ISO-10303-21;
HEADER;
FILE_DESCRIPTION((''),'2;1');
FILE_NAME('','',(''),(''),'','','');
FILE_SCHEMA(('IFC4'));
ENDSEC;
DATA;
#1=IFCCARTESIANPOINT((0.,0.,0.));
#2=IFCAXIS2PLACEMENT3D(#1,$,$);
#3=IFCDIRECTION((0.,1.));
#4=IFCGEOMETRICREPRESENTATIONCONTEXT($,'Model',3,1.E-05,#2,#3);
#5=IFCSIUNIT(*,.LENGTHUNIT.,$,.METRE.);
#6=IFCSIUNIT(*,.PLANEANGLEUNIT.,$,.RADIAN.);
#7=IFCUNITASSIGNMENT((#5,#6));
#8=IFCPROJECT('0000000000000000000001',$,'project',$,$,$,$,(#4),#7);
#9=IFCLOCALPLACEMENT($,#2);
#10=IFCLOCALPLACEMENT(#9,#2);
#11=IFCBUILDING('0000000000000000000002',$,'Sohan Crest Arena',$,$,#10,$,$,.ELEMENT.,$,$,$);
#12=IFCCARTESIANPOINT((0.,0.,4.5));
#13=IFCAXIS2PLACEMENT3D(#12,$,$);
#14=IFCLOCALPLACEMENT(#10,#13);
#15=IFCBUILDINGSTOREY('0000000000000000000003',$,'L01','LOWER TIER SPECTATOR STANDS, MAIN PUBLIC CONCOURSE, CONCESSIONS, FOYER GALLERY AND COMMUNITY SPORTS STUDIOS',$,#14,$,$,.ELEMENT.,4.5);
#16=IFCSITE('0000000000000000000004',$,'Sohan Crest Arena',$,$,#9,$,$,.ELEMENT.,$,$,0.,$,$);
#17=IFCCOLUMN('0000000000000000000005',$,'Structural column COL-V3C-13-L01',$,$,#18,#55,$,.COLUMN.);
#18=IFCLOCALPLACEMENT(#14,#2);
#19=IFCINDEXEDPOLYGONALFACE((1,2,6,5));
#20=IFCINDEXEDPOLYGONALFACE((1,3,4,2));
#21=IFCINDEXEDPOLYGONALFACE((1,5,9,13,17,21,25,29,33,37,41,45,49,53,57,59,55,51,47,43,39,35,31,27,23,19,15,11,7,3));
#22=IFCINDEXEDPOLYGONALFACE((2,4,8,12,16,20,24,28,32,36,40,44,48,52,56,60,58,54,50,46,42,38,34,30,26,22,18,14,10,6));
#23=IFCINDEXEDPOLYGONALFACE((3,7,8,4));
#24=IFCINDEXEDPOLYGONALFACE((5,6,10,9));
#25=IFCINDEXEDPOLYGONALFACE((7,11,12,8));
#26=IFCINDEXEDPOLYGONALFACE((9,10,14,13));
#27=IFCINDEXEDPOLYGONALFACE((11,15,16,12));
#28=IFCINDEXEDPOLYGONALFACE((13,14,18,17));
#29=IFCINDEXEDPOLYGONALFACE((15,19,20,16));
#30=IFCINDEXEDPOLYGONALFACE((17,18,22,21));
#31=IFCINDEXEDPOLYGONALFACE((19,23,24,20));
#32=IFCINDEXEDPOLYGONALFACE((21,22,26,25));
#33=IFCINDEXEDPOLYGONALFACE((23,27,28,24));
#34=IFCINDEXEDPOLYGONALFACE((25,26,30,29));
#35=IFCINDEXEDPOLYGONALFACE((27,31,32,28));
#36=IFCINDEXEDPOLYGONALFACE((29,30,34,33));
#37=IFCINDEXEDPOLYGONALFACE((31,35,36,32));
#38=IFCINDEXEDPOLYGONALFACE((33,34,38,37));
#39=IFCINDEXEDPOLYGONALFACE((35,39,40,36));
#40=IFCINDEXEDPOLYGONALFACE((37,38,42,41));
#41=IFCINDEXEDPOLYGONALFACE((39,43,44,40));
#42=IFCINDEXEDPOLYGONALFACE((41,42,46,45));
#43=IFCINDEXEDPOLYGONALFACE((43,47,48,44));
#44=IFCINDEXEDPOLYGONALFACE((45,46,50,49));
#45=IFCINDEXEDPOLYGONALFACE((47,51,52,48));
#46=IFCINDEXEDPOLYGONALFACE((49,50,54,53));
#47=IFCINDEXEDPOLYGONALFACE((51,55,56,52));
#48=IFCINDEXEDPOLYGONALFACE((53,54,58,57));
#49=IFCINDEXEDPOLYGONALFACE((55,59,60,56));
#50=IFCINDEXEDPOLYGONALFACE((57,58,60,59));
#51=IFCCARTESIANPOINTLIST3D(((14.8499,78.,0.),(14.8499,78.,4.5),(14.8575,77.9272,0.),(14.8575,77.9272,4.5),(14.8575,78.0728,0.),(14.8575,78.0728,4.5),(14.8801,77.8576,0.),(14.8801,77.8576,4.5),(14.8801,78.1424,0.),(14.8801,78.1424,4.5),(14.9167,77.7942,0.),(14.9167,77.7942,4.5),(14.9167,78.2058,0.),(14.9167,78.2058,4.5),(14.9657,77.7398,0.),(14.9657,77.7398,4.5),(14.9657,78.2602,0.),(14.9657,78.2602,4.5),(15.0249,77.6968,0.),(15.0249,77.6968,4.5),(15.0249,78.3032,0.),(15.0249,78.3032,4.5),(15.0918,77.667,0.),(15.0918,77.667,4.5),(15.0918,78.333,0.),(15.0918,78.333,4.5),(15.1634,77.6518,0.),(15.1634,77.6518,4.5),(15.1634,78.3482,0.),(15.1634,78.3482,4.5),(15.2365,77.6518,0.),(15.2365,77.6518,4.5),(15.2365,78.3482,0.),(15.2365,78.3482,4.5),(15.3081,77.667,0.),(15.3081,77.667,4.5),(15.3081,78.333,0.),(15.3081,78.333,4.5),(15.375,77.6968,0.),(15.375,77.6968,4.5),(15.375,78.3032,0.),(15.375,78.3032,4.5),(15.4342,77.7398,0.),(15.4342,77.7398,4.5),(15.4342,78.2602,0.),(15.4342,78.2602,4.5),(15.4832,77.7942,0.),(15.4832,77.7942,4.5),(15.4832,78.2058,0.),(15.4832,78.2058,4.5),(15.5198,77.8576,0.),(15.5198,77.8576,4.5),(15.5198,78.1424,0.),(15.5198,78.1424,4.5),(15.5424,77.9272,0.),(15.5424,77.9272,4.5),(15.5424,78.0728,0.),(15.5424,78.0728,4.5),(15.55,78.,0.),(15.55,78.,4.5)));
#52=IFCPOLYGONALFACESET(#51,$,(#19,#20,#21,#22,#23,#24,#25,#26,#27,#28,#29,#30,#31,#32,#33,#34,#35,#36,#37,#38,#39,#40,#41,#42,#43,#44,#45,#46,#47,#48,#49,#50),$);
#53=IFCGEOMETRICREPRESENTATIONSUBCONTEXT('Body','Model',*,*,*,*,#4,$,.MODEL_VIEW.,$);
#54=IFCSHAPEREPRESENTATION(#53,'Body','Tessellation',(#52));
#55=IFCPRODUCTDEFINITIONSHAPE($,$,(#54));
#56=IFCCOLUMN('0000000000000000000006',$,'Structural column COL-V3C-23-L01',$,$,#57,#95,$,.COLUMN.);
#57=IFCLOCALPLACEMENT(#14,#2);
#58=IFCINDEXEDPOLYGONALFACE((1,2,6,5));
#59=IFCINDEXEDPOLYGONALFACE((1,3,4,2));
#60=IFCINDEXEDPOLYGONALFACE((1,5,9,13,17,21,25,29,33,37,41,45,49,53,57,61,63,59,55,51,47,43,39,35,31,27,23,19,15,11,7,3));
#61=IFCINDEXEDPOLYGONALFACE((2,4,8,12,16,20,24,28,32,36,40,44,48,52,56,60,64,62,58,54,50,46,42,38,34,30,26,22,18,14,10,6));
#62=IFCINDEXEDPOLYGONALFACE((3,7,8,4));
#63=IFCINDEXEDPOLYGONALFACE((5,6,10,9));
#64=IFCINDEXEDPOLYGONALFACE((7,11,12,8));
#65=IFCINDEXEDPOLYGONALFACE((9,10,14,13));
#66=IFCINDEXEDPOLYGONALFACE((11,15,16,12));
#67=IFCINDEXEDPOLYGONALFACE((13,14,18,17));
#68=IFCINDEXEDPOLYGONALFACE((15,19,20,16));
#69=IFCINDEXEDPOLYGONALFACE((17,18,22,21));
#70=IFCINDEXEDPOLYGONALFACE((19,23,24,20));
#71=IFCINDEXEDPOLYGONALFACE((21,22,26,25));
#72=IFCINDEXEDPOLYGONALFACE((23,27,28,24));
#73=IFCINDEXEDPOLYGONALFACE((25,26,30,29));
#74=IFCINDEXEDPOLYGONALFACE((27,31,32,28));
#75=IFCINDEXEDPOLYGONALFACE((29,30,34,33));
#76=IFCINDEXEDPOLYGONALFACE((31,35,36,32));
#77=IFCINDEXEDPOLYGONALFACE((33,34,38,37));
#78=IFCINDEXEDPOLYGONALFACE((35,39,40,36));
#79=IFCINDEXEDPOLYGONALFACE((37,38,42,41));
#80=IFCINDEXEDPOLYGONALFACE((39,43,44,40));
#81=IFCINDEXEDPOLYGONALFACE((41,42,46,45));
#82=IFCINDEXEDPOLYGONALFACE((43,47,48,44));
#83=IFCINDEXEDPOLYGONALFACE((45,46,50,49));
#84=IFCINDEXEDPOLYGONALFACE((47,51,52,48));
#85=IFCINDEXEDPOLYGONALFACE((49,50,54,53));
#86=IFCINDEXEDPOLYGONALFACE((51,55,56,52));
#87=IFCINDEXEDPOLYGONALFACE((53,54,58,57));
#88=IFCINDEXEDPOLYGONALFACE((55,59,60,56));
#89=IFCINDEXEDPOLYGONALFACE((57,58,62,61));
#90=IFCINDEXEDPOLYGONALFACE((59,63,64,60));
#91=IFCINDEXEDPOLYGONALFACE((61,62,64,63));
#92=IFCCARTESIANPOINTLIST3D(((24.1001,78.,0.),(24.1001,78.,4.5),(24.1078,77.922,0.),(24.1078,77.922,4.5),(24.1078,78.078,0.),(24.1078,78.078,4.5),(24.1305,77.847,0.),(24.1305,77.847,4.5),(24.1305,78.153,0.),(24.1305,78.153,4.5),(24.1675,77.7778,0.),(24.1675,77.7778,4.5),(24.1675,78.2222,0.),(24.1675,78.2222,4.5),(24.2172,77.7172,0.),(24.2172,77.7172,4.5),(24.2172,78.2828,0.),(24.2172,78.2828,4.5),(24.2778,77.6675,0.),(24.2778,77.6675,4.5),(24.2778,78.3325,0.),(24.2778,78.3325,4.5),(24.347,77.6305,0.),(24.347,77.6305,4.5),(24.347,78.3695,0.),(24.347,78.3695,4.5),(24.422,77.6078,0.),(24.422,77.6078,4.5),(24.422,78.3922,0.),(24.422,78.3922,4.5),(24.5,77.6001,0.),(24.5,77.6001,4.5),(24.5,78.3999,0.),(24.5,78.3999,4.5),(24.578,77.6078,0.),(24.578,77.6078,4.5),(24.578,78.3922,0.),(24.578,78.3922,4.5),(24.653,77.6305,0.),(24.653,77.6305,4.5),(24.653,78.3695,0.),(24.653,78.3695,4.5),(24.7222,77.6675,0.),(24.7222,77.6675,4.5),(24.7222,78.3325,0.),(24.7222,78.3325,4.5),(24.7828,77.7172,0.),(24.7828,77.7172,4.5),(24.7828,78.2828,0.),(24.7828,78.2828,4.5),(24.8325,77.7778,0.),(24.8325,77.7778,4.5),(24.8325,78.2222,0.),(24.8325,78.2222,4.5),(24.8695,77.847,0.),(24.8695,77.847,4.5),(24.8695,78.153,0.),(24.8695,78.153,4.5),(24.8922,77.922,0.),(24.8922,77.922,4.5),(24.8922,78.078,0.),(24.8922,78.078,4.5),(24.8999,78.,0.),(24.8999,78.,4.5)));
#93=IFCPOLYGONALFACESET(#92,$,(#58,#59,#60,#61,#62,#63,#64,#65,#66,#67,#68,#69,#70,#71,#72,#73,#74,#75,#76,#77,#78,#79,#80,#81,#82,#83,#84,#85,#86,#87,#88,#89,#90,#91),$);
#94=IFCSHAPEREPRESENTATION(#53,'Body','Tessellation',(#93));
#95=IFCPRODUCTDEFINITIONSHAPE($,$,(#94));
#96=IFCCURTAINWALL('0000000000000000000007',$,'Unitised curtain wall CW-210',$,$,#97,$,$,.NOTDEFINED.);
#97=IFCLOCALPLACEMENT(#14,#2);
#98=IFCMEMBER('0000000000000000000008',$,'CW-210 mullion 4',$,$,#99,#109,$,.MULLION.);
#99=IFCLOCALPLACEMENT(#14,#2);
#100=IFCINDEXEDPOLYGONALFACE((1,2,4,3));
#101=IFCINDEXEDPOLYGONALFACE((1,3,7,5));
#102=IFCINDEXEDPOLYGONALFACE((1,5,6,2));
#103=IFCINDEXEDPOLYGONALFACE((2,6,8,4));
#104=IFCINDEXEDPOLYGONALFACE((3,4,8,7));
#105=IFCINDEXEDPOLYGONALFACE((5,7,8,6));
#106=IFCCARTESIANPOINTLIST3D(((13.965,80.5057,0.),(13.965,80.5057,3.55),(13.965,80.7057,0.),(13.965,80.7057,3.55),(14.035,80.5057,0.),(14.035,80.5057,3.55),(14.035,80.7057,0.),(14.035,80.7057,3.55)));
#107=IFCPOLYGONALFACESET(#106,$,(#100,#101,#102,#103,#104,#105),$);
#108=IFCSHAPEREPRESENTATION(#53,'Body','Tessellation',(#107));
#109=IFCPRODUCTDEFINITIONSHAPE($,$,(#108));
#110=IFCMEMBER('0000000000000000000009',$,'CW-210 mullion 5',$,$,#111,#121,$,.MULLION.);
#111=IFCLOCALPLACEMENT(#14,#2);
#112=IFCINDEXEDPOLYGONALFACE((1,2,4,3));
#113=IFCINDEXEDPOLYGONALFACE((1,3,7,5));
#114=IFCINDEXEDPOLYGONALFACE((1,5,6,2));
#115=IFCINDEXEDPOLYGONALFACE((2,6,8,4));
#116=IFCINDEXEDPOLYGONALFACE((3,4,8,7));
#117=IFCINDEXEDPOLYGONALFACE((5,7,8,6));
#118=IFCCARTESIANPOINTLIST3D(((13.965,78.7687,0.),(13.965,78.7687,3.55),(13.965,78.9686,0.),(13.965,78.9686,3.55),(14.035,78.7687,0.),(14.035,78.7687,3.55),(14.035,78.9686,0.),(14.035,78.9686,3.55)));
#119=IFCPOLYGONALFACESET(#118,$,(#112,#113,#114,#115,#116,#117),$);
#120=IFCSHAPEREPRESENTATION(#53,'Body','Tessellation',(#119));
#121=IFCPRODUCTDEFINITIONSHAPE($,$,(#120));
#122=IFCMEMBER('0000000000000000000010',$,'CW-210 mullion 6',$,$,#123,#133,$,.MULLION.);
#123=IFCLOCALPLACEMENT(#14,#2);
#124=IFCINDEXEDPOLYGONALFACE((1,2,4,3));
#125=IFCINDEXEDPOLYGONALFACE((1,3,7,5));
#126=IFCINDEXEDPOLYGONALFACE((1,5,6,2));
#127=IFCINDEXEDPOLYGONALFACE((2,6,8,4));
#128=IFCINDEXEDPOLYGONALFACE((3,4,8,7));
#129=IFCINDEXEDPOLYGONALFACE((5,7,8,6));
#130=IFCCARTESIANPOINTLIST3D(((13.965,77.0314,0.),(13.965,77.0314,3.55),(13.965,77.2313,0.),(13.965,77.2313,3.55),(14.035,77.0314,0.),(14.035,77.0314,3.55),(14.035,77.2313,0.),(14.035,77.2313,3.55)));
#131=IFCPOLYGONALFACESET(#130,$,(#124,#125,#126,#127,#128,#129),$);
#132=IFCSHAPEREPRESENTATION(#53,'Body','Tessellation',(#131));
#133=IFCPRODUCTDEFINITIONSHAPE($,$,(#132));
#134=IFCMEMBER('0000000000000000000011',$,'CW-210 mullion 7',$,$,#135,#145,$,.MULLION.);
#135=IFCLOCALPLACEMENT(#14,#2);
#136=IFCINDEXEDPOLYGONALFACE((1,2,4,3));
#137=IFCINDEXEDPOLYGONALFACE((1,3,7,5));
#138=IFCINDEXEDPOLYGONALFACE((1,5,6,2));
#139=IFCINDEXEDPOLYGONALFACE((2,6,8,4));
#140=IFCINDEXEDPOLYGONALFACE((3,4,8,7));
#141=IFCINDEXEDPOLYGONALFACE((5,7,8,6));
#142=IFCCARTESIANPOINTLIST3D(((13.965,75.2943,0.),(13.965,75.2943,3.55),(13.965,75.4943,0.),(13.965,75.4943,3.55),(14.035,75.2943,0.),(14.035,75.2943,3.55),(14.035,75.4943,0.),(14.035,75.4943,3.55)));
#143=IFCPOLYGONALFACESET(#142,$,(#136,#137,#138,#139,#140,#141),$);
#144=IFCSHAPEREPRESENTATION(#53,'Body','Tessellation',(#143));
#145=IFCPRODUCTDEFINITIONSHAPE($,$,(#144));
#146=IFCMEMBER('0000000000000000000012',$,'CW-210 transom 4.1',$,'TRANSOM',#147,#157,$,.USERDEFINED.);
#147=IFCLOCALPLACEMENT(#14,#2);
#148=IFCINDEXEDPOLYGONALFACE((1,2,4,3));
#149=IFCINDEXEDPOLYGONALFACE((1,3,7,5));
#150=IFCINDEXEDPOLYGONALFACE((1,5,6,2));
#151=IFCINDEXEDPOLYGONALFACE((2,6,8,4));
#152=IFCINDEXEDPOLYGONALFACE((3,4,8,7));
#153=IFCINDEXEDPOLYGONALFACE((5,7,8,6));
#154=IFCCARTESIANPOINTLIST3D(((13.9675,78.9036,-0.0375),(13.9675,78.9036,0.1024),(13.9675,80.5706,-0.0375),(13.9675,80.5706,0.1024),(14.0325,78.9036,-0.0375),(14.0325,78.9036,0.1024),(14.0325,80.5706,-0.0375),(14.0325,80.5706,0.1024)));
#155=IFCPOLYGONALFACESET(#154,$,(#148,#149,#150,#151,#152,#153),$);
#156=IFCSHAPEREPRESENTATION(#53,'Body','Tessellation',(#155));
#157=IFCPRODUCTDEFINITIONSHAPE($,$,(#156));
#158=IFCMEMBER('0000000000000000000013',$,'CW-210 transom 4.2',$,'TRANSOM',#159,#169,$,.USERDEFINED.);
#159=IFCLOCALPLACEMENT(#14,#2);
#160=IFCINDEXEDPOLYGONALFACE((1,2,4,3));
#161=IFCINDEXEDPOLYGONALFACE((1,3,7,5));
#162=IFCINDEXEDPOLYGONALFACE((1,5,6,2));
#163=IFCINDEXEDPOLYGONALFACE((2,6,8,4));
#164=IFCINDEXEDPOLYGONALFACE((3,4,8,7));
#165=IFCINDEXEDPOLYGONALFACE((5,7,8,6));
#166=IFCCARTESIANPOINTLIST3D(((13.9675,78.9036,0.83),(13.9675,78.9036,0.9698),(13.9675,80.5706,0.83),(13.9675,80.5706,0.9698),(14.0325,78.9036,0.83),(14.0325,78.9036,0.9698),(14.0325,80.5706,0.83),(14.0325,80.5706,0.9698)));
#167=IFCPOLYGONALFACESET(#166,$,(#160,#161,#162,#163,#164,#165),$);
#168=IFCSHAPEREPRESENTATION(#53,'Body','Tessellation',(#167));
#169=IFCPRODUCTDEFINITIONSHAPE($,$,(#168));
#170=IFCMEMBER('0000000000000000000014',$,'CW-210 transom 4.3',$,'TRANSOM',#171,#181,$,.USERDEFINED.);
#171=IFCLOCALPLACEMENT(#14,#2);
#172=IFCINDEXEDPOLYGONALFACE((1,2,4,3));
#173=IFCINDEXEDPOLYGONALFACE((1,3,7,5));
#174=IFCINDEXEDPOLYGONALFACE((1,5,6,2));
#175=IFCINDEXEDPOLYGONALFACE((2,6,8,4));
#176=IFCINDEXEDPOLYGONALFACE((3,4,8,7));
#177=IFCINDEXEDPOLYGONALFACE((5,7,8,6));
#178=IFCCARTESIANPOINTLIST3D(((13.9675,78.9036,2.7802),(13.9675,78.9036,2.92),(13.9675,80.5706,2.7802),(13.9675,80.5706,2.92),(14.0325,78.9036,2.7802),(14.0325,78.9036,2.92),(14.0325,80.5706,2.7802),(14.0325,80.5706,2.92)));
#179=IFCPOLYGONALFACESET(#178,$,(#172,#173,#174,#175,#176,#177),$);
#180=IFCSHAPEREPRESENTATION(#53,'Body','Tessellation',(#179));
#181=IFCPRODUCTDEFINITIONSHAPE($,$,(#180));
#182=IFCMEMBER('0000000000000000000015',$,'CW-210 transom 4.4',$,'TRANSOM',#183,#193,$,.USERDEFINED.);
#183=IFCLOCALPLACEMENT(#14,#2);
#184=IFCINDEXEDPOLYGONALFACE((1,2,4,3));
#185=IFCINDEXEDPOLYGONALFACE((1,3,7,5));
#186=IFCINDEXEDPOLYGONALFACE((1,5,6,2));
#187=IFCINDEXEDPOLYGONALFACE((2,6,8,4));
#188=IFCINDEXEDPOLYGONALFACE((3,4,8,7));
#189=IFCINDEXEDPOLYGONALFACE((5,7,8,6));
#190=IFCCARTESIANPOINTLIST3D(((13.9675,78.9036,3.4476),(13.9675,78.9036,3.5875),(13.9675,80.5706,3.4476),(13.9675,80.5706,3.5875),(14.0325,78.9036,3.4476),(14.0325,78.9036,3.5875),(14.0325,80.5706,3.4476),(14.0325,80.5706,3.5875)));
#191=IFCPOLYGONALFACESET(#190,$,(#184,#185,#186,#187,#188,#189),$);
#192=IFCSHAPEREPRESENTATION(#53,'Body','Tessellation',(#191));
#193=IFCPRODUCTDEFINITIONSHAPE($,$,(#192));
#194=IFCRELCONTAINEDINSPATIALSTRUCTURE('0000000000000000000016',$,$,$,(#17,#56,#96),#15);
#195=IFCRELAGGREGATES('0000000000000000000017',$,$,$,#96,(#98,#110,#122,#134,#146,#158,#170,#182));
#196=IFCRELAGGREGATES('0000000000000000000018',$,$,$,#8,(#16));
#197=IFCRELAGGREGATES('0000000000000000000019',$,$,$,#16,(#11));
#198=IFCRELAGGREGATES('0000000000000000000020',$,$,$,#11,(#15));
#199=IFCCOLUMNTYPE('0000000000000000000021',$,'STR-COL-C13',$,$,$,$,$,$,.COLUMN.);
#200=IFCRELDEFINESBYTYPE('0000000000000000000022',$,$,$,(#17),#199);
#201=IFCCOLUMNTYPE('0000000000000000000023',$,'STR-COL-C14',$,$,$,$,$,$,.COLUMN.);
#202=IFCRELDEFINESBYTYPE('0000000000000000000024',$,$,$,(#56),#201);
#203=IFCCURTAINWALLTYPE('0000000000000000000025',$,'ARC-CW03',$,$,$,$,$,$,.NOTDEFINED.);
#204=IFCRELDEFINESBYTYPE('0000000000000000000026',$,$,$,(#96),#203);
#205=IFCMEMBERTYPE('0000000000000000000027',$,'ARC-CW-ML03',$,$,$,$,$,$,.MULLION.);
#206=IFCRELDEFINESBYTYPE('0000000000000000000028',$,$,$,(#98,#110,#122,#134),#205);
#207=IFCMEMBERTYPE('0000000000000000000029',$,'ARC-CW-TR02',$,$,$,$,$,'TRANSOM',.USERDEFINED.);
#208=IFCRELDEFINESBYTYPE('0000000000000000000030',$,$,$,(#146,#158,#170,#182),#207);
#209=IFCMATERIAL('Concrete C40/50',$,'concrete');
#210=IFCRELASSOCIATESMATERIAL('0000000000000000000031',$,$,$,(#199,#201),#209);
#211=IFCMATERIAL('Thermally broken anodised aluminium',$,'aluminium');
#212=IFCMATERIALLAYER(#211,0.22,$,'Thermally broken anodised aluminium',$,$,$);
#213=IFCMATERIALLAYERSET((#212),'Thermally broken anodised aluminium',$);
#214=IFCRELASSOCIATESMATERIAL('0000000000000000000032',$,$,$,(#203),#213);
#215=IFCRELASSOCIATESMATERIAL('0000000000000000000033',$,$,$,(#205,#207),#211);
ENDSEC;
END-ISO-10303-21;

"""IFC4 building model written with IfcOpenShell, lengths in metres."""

from ifc_helpers import new_model, si_unit, direction, frame, origin, origin_2d, place, context, subcontext, project, spatial, rectangle, circle, extrude, material, layer, layer_set, material_profile, profile_set, type_object, element, aggregate, save


model = new_model("IFC4")

# Units and contexts
model_context = context("Model", 3, precision=1e-05, world=origin(), true_north=direction((0.0, 1.0)))
body_context = subcontext(model_context, "Body", "Model", "MODEL_VIEW")
ifc_project = project(units=[si_unit("LENGTHUNIT", "METRE"), si_unit("PLANEANGLEUNIT", "RADIAN")], contexts=[model_context])

# Site, building, storey
site_placement = place(None, origin())
site = spatial("IfcSite", under=ifc_project, at=site_placement, Name="Sohan Crest Arena", CompositionType="ELEMENT", RefElevation=0.0)
building_placement = place(site_placement, origin())
building = spatial("IfcBuilding", under=site, at=building_placement, Name="Sohan Crest Arena", CompositionType="ELEMENT")
storey_placement = place(building_placement, frame((0.0, 0.0, 4.5)))
storey = spatial("IfcBuildingStorey", under=building, at=storey_placement, Name="L01", Description="LOWER TIER SPECTATOR STANDS, MAIN PUBLIC CONCOURSE, CONCESSIONS, FOYER GALLERY AND COMMUNITY SPORTS STUDIOS", CompositionType="ELEMENT", Elevation=4.5)

# Columns
ifc_material_1 = material(Name="Concrete C40/50", Category="concrete")
ifc_material_profile_1 = material_profile(ifc_material_1, circle(Radius=0.3501, at=origin_2d()), Name="RC D700")
ifc_profile_set_1 = profile_set([ifc_material_profile_1], Name="Concrete C40/50")
column_type_1 = type_object("IfcColumnType", Name="STR-COL-C13", PredefinedType="COLUMN", material=ifc_profile_set_1)
column_1_placement = place(storey_placement, frame((15.2, 78.0, 0.0), z_axis=(0.0, 0.0, 1.0), x_axis=(1.0, 0.0, 0.0)))
element("IfcColumn", 1, at=column_1_placement, inside=storey, type_object=column_type_1, Name="Structural column COL-V3C-13-L01", PredefinedType="COLUMN", context=body_context, shape_type="SweptSolid", body=[
    extrude(circle(Radius=0.3501, at=origin_2d()), origin(), (0.0, 0.0, 1.0), 4.5),
])
ifc_material_profile_2 = material_profile(ifc_material_1, circle(Radius=0.3999, at=origin_2d()), Name="RC D800")
ifc_profile_set_2 = profile_set([ifc_material_profile_2], Name="Concrete C40/50")
column_type_2 = type_object("IfcColumnType", Name="STR-COL-C14", PredefinedType="COLUMN", material=ifc_profile_set_2)
column_2_placement = place(storey_placement, frame((24.5, 78.0, 0.0), z_axis=(0.0, 0.0, 1.0), x_axis=(1.0, 0.0, 0.0)))
element("IfcColumn", 2, at=column_2_placement, inside=storey, type_object=column_type_2, Name="Structural column COL-V3C-23-L01", PredefinedType="COLUMN", context=body_context, shape_type="SweptSolid", body=[
    extrude(circle(Radius=0.3999, at=origin_2d()), origin(), (0.0, 0.0, 1.0), 4.5),
])

# Curtain wall, members
ifc_material_2 = material(Name="Thermally broken anodised aluminium", Category="aluminium")
ifc_layer_1 = layer(ifc_material_2, 0.22, Name="Thermally broken anodised aluminium")
ifc_layer_set_1 = layer_set([ifc_layer_1], Name="Thermally broken anodised aluminium")
curtain_wall_type = type_object("IfcCurtainWallType", Name="ARC-CW03", PredefinedType="NOTDEFINED", material=ifc_layer_set_1)
curtain_wall_placement = place(storey_placement, origin())
curtain_wall = element("IfcCurtainWall", 3, at=curtain_wall_placement, inside=storey, type_object=curtain_wall_type, Name="Unitised curtain wall CW-210", PredefinedType="NOTDEFINED")
ifc_material_profile_3 = material_profile(ifc_material_2, rectangle(XDim=0.0701, YDim=0.2, at=origin_2d()), Name="ALU-MULL 70x200")
ifc_profile_set_3 = profile_set([ifc_material_profile_3], Name="Thermally broken anodised aluminium")
member_type_1 = type_object("IfcMemberType", Name="ARC-CW-ML03", PredefinedType="MULLION", material=ifc_profile_set_3)
member_1_placement = place(storey_placement, frame((14.0, 80.6057, 0.0), z_axis=(0.0, 0.0, 1.0), x_axis=(1.0, 0.0, 0.0)))
member_1 = element("IfcMember", 4, at=member_1_placement, type_object=member_type_1, Name="CW-210 mullion 4", PredefinedType="MULLION", context=body_context, shape_type="SweptSolid", body=[
    extrude(rectangle(XDim=0.0701, YDim=0.2, at=origin_2d()), origin(), (0.0, 0.0, 1.0), 3.55),
])
member_2_placement = place(storey_placement, frame((14.0, 78.8687, 0.0), z_axis=(0.0, 0.0, 1.0), x_axis=(1.0, 0.0, 0.0)))
member_2 = element("IfcMember", 5, at=member_2_placement, type_object=member_type_1, Name="CW-210 mullion 5", PredefinedType="MULLION", context=body_context, shape_type="SweptSolid", body=[
    extrude(rectangle(XDim=0.0701, YDim=0.2, at=origin_2d()), origin(), (0.0, 0.0, 1.0), 3.55),
])
member_3_placement = place(storey_placement, frame((14.0, 77.1313, 0.0), z_axis=(0.0, 0.0, 1.0), x_axis=(1.0, 0.0, 0.0)))
member_3 = element("IfcMember", 6, at=member_3_placement, type_object=member_type_1, Name="CW-210 mullion 6", PredefinedType="MULLION", context=body_context, shape_type="SweptSolid", body=[
    extrude(rectangle(XDim=0.0701, YDim=0.2, at=origin_2d()), origin(), (0.0, 0.0, 1.0), 3.55),
])
member_4_placement = place(storey_placement, frame((14.0, 75.3943, 0.0), z_axis=(0.0, 0.0, 1.0), x_axis=(1.0, 0.0, 0.0)))
member_4 = element("IfcMember", 7, at=member_4_placement, type_object=member_type_1, Name="CW-210 mullion 7", PredefinedType="MULLION", context=body_context, shape_type="SweptSolid", body=[
    extrude(rectangle(XDim=0.0701, YDim=0.2, at=origin_2d()), origin(), (0.0, 0.0, 1.0), 3.55),
])
ifc_material_profile_4 = material_profile(ifc_material_2, rectangle(XDim=0.0649, YDim=0.1399, at=origin_2d()), Name="ALU-TRAN 65x140")
ifc_profile_set_4 = profile_set([ifc_material_profile_4], Name="Thermally broken anodised aluminium")
member_type_2 = type_object("IfcMemberType", Name="ARC-CW-TR02", ElementType="TRANSOM", PredefinedType="USERDEFINED", material=ifc_profile_set_4)
member_5_placement = place(storey_placement, frame((14.0, 80.5706, 0.0325), z_axis=(0.0, -1.0, 0.0), x_axis=(1.0, 0.0, 0.0)))
member_5 = element("IfcMember", 8, at=member_5_placement, type_object=member_type_2, Name="CW-210 transom 4.1", ObjectType="TRANSOM", PredefinedType="USERDEFINED", context=body_context, shape_type="SweptSolid", body=[
    extrude(rectangle(XDim=0.0649, YDim=0.1399, at=origin_2d()), origin(), (0.0, 0.0, 1.0), 1.667),
])
member_6_placement = place(storey_placement, frame((14.0, 80.5706, 0.8999), z_axis=(0.0, -1.0, 0.0), x_axis=(1.0, 0.0, 0.0)))
member_6 = element("IfcMember", 9, at=member_6_placement, type_object=member_type_2, Name="CW-210 transom 4.2", ObjectType="TRANSOM", PredefinedType="USERDEFINED", context=body_context, shape_type="SweptSolid", body=[
    extrude(rectangle(XDim=0.0649, YDim=0.1399, at=origin_2d()), origin(), (0.0, 0.0, 1.0), 1.667),
])
member_7_placement = place(storey_placement, frame((14.0, 80.5706, 2.8501), z_axis=(0.0, -1.0, 0.0), x_axis=(1.0, 0.0, 0.0)))
member_7 = element("IfcMember", 10, at=member_7_placement, type_object=member_type_2, Name="CW-210 transom 4.3", ObjectType="TRANSOM", PredefinedType="USERDEFINED", context=body_context, shape_type="SweptSolid", body=[
    extrude(rectangle(XDim=0.0649, YDim=0.1399, at=origin_2d()), origin(), (0.0, 0.0, 1.0), 1.667),
])
member_8_placement = place(storey_placement, frame((14.0, 80.5706, 3.5176), z_axis=(0.0, -1.0, 0.0), x_axis=(1.0, 0.0, 0.0)))
member_8 = element("IfcMember", 11, at=member_8_placement, type_object=member_type_2, Name="CW-210 transom 4.4", ObjectType="TRANSOM", PredefinedType="USERDEFINED", context=body_context, shape_type="SweptSolid", body=[
    extrude(rectangle(XDim=0.0649, YDim=0.1399, at=origin_2d()), origin(), (0.0, 0.0, 1.0), 1.667),
])

aggregate(curtain_wall, [member_1, member_2, member_3, member_4, member_5, member_6, member_7, member_8])

save(model, "model.ifc")
